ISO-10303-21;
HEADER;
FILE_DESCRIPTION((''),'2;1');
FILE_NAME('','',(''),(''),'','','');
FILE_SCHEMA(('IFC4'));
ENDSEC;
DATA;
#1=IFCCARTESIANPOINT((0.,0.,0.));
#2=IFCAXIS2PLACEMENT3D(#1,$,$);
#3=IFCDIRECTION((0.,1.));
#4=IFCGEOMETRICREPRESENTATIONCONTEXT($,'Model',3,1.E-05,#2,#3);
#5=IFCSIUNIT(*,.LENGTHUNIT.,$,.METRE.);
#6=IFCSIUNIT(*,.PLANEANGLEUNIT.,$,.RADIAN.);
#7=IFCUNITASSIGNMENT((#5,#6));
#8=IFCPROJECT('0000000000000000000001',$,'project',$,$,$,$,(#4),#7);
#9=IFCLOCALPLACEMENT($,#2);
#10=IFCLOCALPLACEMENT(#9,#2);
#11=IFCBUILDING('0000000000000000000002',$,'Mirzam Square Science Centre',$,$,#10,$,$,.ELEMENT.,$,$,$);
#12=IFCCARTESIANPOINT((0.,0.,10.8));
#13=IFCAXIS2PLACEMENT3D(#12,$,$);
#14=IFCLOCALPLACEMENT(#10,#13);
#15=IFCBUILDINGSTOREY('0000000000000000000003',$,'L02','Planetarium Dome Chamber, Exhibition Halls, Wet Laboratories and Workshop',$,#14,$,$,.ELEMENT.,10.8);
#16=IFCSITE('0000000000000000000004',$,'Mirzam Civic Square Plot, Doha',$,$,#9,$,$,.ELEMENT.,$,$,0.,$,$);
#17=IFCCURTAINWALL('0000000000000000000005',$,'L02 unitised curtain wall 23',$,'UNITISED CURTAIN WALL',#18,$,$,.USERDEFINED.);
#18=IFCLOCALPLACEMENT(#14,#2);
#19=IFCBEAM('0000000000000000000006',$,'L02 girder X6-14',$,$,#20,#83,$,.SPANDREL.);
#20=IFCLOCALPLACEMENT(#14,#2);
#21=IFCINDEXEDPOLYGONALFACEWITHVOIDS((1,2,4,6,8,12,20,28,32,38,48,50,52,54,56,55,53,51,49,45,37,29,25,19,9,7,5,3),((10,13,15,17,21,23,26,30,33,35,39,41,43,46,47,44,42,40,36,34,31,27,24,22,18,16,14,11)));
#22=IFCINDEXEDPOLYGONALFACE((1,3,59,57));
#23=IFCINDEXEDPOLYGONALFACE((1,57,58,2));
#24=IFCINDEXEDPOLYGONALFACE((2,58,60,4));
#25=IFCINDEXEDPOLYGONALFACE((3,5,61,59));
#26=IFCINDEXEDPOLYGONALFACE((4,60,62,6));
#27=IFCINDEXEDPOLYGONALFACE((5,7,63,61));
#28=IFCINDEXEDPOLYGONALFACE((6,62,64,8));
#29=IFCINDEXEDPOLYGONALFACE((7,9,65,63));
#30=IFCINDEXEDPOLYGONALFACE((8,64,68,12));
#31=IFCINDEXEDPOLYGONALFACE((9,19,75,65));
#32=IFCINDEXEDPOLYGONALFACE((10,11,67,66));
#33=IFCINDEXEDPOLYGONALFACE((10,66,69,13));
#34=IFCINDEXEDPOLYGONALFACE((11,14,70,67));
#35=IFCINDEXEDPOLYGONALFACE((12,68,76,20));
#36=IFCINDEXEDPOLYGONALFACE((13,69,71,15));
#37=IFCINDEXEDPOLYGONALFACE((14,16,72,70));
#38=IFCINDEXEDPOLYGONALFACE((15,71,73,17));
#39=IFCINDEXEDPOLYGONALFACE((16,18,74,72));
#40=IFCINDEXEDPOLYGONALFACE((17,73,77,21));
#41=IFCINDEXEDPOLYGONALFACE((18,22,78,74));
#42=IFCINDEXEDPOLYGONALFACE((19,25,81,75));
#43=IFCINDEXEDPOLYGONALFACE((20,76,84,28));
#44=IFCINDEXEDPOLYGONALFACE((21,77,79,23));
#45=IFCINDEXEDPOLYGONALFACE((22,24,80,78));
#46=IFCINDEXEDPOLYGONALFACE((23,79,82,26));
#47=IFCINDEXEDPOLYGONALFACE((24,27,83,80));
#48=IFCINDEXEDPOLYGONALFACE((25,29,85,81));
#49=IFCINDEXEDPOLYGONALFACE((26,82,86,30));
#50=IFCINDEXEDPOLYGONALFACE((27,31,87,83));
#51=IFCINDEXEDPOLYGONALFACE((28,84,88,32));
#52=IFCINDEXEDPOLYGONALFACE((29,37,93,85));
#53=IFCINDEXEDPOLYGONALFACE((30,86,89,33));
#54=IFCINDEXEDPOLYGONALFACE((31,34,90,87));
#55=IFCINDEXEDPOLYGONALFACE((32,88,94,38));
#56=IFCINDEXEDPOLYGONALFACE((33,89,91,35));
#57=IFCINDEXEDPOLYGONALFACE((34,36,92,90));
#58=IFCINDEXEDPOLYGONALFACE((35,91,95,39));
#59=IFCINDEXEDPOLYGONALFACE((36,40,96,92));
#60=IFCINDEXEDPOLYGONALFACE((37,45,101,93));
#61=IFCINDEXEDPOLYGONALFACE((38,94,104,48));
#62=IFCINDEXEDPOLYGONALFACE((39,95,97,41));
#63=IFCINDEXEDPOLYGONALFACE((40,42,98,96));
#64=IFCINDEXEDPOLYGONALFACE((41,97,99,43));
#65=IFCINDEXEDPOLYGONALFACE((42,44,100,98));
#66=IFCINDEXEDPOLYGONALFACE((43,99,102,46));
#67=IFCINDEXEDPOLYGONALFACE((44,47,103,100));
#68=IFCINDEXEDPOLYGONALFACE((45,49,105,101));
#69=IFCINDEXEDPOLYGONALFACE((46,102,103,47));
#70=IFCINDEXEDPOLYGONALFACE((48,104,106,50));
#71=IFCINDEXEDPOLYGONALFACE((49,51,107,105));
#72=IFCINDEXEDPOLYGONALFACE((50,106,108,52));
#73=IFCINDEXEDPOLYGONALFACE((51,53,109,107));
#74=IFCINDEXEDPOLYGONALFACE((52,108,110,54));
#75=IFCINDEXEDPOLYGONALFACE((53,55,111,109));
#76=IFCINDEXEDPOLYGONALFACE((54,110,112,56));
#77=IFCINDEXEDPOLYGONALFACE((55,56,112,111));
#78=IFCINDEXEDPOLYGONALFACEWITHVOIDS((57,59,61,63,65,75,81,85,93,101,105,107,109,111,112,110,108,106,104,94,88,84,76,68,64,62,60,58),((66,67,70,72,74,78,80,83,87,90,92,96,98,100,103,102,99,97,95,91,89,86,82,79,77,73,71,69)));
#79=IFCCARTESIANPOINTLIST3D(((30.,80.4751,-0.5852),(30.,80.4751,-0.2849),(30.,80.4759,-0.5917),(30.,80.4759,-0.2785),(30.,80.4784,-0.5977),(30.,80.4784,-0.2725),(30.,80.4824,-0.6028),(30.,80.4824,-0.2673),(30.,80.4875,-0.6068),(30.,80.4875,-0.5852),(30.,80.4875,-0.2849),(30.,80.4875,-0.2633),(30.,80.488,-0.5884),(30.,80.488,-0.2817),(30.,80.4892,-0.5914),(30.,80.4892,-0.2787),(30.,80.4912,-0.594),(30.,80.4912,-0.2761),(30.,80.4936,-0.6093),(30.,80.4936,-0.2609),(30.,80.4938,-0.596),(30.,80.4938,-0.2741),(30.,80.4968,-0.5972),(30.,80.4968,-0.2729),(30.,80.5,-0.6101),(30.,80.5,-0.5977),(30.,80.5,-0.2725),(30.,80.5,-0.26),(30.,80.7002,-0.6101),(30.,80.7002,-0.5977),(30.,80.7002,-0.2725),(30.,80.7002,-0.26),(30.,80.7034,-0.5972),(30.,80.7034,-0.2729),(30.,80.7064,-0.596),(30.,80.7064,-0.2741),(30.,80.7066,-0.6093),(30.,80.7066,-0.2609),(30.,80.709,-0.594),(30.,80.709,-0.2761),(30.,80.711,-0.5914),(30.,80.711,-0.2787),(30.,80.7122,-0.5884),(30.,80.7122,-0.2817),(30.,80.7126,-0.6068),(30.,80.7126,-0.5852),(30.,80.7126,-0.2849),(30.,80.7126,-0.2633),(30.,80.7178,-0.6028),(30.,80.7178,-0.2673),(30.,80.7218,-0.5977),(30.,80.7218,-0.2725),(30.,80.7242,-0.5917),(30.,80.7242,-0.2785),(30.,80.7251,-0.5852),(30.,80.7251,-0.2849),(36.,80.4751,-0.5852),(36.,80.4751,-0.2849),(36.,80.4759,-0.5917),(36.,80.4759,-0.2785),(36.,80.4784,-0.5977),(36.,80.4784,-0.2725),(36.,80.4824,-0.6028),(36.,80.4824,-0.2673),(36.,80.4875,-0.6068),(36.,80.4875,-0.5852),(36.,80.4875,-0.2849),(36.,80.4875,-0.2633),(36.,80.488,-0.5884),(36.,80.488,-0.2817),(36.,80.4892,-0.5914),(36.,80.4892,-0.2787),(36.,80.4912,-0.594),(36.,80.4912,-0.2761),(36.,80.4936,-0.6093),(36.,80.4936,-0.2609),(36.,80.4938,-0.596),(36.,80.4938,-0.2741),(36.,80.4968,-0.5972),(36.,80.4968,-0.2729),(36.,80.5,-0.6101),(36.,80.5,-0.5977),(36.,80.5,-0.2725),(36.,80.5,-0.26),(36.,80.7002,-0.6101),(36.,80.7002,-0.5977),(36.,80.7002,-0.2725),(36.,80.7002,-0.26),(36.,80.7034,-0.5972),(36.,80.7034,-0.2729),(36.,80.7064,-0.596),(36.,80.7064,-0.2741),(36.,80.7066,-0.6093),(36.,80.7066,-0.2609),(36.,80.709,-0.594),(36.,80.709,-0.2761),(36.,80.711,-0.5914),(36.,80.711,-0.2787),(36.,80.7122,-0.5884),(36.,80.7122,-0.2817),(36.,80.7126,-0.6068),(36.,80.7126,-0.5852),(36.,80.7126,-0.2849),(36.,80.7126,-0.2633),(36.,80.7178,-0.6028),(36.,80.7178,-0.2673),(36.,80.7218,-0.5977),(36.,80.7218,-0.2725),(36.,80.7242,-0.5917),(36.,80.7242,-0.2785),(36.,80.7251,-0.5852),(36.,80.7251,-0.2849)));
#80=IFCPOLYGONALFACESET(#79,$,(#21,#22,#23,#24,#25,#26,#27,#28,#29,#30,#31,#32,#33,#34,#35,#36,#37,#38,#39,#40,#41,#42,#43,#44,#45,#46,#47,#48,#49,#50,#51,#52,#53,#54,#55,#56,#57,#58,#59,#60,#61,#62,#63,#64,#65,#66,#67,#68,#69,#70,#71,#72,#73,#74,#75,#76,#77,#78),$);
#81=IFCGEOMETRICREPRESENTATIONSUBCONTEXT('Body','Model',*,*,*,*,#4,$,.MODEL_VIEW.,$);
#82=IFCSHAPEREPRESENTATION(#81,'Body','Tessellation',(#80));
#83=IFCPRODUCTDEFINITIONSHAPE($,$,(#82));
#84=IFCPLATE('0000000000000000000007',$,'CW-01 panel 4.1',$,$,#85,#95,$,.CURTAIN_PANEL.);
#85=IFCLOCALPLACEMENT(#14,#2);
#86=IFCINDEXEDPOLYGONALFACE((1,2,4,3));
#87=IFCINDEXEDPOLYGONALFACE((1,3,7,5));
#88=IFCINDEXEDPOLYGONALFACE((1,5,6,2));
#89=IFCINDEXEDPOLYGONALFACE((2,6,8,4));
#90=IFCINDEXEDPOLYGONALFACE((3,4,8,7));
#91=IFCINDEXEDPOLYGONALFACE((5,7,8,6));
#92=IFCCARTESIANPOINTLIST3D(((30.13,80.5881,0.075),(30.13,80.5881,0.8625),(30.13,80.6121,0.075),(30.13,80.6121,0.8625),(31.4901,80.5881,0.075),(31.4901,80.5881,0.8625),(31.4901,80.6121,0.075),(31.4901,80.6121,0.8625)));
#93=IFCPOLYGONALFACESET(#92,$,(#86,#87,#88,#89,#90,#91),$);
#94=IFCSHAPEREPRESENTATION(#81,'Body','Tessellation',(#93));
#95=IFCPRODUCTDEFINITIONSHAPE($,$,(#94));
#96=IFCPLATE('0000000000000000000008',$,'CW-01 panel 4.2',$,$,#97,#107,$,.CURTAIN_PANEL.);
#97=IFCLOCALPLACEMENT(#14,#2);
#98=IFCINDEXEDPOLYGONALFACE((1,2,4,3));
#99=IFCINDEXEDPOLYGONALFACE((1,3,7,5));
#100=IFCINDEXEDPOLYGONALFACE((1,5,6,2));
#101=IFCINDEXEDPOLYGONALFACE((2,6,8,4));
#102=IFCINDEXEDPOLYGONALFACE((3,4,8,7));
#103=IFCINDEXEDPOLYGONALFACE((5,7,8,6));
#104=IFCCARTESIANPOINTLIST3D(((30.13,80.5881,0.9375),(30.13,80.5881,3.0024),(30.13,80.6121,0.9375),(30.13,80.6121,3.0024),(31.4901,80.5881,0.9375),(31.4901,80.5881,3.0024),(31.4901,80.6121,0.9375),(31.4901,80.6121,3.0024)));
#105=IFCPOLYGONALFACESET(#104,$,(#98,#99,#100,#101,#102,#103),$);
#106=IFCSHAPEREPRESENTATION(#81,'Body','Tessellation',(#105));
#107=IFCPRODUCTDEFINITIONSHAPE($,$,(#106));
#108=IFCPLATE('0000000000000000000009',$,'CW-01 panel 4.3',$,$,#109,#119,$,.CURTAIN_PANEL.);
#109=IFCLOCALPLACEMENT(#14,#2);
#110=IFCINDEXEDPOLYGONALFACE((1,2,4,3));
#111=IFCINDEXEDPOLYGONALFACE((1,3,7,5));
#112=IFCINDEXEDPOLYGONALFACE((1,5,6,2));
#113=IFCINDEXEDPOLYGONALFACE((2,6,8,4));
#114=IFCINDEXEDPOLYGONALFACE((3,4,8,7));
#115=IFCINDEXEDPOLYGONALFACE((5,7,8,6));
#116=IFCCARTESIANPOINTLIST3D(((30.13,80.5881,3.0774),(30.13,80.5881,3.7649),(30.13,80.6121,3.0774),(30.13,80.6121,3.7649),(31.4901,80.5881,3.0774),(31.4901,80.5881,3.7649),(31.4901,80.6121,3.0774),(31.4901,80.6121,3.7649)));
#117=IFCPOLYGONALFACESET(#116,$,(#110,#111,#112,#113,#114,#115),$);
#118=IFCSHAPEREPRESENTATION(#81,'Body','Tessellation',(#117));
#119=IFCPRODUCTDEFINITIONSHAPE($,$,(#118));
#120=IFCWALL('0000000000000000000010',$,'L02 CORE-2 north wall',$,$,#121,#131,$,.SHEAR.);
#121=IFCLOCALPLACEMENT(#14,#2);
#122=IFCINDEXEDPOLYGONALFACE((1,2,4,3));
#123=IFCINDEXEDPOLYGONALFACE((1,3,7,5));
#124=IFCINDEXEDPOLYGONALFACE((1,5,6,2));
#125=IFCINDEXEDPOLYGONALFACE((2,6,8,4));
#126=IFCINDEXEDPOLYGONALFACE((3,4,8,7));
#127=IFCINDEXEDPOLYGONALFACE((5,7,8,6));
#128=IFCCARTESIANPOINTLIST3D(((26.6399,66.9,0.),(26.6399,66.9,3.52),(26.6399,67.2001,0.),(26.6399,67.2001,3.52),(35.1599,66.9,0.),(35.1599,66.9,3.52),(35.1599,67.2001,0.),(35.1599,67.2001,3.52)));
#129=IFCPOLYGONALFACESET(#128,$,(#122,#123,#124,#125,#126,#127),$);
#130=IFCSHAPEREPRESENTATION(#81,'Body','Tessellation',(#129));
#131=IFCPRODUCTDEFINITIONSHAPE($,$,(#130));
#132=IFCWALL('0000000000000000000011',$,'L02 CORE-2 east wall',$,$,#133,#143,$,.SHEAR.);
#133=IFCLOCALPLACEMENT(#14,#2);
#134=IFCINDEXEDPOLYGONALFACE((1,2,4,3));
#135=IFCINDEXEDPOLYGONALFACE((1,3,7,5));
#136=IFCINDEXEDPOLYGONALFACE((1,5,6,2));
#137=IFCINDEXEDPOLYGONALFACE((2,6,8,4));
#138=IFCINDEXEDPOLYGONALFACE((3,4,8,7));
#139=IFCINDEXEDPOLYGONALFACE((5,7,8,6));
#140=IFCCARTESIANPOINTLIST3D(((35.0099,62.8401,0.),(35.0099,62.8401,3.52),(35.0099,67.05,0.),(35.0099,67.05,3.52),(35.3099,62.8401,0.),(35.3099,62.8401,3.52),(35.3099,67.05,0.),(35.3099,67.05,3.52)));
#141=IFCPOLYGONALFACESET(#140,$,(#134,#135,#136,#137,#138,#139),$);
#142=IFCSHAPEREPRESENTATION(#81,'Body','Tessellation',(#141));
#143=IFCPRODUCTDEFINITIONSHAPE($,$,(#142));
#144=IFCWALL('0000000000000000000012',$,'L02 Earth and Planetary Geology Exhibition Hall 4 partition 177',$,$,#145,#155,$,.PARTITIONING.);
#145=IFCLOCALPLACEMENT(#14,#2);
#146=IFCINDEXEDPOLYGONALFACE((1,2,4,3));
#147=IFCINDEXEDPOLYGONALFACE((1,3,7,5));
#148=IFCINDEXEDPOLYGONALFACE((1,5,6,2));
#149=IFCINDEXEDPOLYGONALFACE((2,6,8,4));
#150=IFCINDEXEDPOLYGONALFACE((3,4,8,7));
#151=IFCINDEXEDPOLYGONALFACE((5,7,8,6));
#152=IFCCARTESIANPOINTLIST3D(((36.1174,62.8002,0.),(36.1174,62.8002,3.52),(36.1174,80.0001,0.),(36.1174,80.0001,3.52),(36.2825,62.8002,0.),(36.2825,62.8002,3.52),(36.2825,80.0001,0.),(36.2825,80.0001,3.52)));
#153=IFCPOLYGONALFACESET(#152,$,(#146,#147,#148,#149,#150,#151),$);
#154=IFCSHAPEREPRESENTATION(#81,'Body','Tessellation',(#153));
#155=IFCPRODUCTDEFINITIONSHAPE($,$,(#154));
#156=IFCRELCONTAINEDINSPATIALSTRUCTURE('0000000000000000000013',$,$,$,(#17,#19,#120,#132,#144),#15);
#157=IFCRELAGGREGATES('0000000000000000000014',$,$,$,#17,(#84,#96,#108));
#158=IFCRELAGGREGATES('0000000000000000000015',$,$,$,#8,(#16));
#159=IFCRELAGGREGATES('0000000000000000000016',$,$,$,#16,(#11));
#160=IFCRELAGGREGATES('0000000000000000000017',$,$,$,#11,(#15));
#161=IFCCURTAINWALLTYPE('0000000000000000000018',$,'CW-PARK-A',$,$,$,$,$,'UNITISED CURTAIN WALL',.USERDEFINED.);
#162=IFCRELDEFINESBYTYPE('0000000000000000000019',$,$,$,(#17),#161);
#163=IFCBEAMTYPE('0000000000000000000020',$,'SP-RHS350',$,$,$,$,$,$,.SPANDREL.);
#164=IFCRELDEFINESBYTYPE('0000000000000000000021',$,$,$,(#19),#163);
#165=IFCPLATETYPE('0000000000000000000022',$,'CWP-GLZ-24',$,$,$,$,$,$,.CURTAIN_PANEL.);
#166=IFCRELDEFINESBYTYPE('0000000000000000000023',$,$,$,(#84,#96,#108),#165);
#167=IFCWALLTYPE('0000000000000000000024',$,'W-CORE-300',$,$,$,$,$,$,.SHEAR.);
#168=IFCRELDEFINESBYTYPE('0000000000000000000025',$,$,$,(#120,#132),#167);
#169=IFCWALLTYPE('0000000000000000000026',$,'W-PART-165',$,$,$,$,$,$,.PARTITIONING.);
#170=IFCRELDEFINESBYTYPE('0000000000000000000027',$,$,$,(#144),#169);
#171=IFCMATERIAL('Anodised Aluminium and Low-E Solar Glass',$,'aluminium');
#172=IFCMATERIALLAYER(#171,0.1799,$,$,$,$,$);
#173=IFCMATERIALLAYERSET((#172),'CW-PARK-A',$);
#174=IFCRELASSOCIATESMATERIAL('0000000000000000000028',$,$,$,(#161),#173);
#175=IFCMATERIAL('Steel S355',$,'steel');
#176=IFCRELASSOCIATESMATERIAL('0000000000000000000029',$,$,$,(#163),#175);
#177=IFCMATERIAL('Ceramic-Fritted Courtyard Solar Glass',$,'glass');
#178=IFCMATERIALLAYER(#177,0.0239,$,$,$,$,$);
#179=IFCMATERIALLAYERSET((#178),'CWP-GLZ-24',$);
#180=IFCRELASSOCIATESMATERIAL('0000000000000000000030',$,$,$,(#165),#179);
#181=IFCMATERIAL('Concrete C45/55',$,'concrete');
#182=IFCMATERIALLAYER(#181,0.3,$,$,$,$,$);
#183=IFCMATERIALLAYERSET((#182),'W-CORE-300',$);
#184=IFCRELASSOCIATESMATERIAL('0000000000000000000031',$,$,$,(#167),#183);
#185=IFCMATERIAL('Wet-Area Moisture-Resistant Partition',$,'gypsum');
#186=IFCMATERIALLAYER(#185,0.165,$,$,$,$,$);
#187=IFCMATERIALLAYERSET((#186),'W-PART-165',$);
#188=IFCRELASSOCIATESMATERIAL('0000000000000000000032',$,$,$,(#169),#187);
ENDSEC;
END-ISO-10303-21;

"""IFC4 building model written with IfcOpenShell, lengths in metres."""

from ifc_helpers import new_model, si_unit, direction, frame, frame_2d, origin, origin_2d, place, context, subcontext, project, spatial, rectangle, hollow_rectangle, extrude, material, layer, layer_set, material_profile, profile_set, type_object, element, aggregate, save


model = new_model("IFC4")

# Units and contexts
model_context = context("Model", 3, precision=1e-05, world=origin(), true_north=direction((0.0, 1.0)))
body_context = subcontext(model_context, "Body", "Model", "MODEL_VIEW")
ifc_project = project(units=[si_unit("LENGTHUNIT", "METRE"), si_unit("PLANEANGLEUNIT", "RADIAN")], contexts=[model_context])

# Site, building, storey
site_placement = place(None, origin())
site = spatial("IfcSite", under=ifc_project, at=site_placement, Name="Mirzam Civic Square Plot, Doha", CompositionType="ELEMENT", RefElevation=0.0)
building_placement = place(site_placement, origin())
building = spatial("IfcBuilding", under=site, at=building_placement, Name="Mirzam Square Science Centre", CompositionType="ELEMENT")
storey_placement = place(building_placement, frame((0.0, 0.0, 10.8)))
storey = spatial("IfcBuildingStorey", under=building, at=storey_placement, Name="L02", Description="Planetarium Dome Chamber, Exhibition Halls, Wet Laboratories and Workshop", CompositionType="ELEMENT", Elevation=10.8)

# Shared definitions
ifc_material_1 = material(Name="Steel S355", Category="steel")

# Curtain wall
ifc_material_2 = material(Name="Anodised Aluminium and Low-E Solar Glass", Category="aluminium")
ifc_layer_1 = layer(ifc_material_2, 0.1799)
ifc_layer_set_1 = layer_set([ifc_layer_1], Name="CW-PARK-A")
curtain_wall_type_1 = type_object("IfcCurtainWallType", Name="CW-PARK-A", ElementType="UNITISED CURTAIN WALL", PredefinedType="USERDEFINED", material=ifc_layer_set_1)
curtain_wall_1_placement = place(storey_placement, origin())
curtain_wall_1 = element("IfcCurtainWall", 1, at=curtain_wall_1_placement, inside=storey, type_object=curtain_wall_type_1, Name="L02 unitised curtain wall 23", ObjectType="UNITISED CURTAIN WALL", PredefinedType="USERDEFINED")

# Beam
ifc_material_profile_1 = material_profile(ifc_material_1, hollow_rectangle(XDim=0.25, YDim=0.3501, WallThickness=0.0125, InnerFilletRadius=0.0125, OuterFilletRadius=0.0249, at=origin_2d()), Name="350x250x12.5RHS")
ifc_profile_set_1 = profile_set([ifc_material_profile_1], Name="Steel S355")
beam_type_1 = type_object("IfcBeamType", Name="SP-RHS350", PredefinedType="SPANDREL", material=ifc_profile_set_1)
beam_1_placement = place(storey_placement, frame((30.0, 80.6001, -0.4351), z_axis=(1.0, 0.0, 0.0), x_axis=(0.0, 1.0, 0.0)))
element("IfcBeam", 2, at=beam_1_placement, inside=storey, type_object=beam_type_1, Name="L02 girder X6-14", PredefinedType="SPANDREL", context=body_context, shape_type="SweptSolid", body=[
    extrude(hollow_rectangle(XDim=0.25, YDim=0.3501, WallThickness=0.0125, InnerFilletRadius=0.0125, OuterFilletRadius=0.0249, at=origin_2d()), origin(), (0.0, 0.0, 1.0), 6.0),
])

# Plates
ifc_material_3 = material(Name="Ceramic-Fritted Courtyard Solar Glass", Category="glass")
ifc_layer_2 = layer(ifc_material_3, 0.0239)
ifc_layer_set_2 = layer_set([ifc_layer_2], Name="CWP-GLZ-24")
plate_type = type_object("IfcPlateType", Name="CWP-GLZ-24", PredefinedType="CURTAIN_PANEL", material=ifc_layer_set_2)
plate_1_placement = place(storey_placement, frame((30.8101, 80.6001, 0.075), z_axis=(0.0, 0.0, 1.0), x_axis=(-1.0, 0.0, 0.0)))
plate_1 = element("IfcPlate", 3, at=plate_1_placement, type_object=plate_type, Name="CW-01 panel 4.1", PredefinedType="CURTAIN_PANEL", context=body_context, shape_type="SweptSolid", body=[
    extrude(rectangle(XDim=1.3601, YDim=0.0239, at=origin_2d()), origin(), (0.0, 0.0, 1.0), 0.7876),
])
plate_2_placement = place(storey_placement, frame((30.8101, 80.6001, 0.9375), z_axis=(0.0, 0.0, 1.0), x_axis=(-1.0, 0.0, 0.0)))
plate_2 = element("IfcPlate", 4, at=plate_2_placement, type_object=plate_type, Name="CW-01 panel 4.2", PredefinedType="CURTAIN_PANEL", context=body_context, shape_type="SweptSolid", body=[
    extrude(rectangle(XDim=1.3601, YDim=0.0239, at=origin_2d()), origin(), (0.0, 0.0, 1.0), 2.0649),
])
plate_3_placement = place(storey_placement, frame((30.8101, 80.6001, 3.0774), z_axis=(0.0, 0.0, 1.0), x_axis=(-1.0, 0.0, 0.0)))
plate_3 = element("IfcPlate", 5, at=plate_3_placement, type_object=plate_type, Name="CW-01 panel 4.3", PredefinedType="CURTAIN_PANEL", context=body_context, shape_type="SweptSolid", body=[
    extrude(rectangle(XDim=1.3601, YDim=0.0239, at=origin_2d()), origin(), (0.0, 0.0, 1.0), 0.6875),
])
aggregate(curtain_wall_1, [plate_1, plate_2, plate_3])

# Walls
ifc_material_4 = material(Name="Concrete C45/55", Category="concrete")
ifc_layer_3 = layer(ifc_material_4, 0.3)
ifc_layer_set_3 = layer_set([ifc_layer_3], Name="W-CORE-300")
wall_type_1 = type_object("IfcWallType", Name="W-CORE-300", PredefinedType="SHEAR", material=ifc_layer_set_3)
wall_1_placement = place(storey_placement, frame((35.1599, 67.05, 0.0), z_axis=(0.0, 0.0, 1.0), x_axis=(-1.0, 0.0, 0.0)))
element("IfcWall", 6, at=wall_1_placement, inside=storey, type_object=wall_type_1, Name="L02 CORE-2 north wall", PredefinedType="SHEAR", context=body_context, shape_type="SweptSolid", body=[
    extrude(rectangle(XDim=8.52, YDim=0.3, at=frame_2d((4.26, 0.0))), origin(), (0.0, 0.0, 1.0), 3.52),
])
wall_2_placement = place(storey_placement, frame((35.1599, 62.8401, 0.0), z_axis=(0.0, 0.0, 1.0), x_axis=(0.0, 1.0, 0.0)))
element("IfcWall", 7, at=wall_2_placement, inside=storey, type_object=wall_type_1, Name="L02 CORE-2 east wall", PredefinedType="SHEAR", context=body_context, shape_type="SweptSolid", body=[
    extrude(rectangle(XDim=4.21, YDim=0.3, at=frame_2d((2.105, 0.0))), origin(), (0.0, 0.0, 1.0), 3.52),
])
ifc_material_5 = material(Name="Wet-Area Moisture-Resistant Partition", Category="gypsum")
ifc_layer_4 = layer(ifc_material_5, 0.165)
ifc_layer_set_4 = layer_set([ifc_layer_4], Name="W-PART-165")
wall_type_2 = type_object("IfcWallType", Name="W-PART-165", PredefinedType="PARTITIONING", material=ifc_layer_set_4)
wall_3_placement = place(storey_placement, frame((36.2, 62.8, 0.0), z_axis=(0.0, 0.0, 1.0), x_axis=(0.0, 1.0, 0.0)))
element("IfcWall", 8, at=wall_3_placement, inside=storey, type_object=wall_type_2, Name="L02 Earth and Planetary Geology Exhibition Hall 4 partition 177", PredefinedType="PARTITIONING", context=body_context, shape_type="SweptSolid", body=[
    extrude(rectangle(XDim=17.2, YDim=0.165, at=frame_2d((8.6001, 0.0))), origin(), (0.0, 0.0, 1.0), 3.52),
])

save(model, "model.ifc")
